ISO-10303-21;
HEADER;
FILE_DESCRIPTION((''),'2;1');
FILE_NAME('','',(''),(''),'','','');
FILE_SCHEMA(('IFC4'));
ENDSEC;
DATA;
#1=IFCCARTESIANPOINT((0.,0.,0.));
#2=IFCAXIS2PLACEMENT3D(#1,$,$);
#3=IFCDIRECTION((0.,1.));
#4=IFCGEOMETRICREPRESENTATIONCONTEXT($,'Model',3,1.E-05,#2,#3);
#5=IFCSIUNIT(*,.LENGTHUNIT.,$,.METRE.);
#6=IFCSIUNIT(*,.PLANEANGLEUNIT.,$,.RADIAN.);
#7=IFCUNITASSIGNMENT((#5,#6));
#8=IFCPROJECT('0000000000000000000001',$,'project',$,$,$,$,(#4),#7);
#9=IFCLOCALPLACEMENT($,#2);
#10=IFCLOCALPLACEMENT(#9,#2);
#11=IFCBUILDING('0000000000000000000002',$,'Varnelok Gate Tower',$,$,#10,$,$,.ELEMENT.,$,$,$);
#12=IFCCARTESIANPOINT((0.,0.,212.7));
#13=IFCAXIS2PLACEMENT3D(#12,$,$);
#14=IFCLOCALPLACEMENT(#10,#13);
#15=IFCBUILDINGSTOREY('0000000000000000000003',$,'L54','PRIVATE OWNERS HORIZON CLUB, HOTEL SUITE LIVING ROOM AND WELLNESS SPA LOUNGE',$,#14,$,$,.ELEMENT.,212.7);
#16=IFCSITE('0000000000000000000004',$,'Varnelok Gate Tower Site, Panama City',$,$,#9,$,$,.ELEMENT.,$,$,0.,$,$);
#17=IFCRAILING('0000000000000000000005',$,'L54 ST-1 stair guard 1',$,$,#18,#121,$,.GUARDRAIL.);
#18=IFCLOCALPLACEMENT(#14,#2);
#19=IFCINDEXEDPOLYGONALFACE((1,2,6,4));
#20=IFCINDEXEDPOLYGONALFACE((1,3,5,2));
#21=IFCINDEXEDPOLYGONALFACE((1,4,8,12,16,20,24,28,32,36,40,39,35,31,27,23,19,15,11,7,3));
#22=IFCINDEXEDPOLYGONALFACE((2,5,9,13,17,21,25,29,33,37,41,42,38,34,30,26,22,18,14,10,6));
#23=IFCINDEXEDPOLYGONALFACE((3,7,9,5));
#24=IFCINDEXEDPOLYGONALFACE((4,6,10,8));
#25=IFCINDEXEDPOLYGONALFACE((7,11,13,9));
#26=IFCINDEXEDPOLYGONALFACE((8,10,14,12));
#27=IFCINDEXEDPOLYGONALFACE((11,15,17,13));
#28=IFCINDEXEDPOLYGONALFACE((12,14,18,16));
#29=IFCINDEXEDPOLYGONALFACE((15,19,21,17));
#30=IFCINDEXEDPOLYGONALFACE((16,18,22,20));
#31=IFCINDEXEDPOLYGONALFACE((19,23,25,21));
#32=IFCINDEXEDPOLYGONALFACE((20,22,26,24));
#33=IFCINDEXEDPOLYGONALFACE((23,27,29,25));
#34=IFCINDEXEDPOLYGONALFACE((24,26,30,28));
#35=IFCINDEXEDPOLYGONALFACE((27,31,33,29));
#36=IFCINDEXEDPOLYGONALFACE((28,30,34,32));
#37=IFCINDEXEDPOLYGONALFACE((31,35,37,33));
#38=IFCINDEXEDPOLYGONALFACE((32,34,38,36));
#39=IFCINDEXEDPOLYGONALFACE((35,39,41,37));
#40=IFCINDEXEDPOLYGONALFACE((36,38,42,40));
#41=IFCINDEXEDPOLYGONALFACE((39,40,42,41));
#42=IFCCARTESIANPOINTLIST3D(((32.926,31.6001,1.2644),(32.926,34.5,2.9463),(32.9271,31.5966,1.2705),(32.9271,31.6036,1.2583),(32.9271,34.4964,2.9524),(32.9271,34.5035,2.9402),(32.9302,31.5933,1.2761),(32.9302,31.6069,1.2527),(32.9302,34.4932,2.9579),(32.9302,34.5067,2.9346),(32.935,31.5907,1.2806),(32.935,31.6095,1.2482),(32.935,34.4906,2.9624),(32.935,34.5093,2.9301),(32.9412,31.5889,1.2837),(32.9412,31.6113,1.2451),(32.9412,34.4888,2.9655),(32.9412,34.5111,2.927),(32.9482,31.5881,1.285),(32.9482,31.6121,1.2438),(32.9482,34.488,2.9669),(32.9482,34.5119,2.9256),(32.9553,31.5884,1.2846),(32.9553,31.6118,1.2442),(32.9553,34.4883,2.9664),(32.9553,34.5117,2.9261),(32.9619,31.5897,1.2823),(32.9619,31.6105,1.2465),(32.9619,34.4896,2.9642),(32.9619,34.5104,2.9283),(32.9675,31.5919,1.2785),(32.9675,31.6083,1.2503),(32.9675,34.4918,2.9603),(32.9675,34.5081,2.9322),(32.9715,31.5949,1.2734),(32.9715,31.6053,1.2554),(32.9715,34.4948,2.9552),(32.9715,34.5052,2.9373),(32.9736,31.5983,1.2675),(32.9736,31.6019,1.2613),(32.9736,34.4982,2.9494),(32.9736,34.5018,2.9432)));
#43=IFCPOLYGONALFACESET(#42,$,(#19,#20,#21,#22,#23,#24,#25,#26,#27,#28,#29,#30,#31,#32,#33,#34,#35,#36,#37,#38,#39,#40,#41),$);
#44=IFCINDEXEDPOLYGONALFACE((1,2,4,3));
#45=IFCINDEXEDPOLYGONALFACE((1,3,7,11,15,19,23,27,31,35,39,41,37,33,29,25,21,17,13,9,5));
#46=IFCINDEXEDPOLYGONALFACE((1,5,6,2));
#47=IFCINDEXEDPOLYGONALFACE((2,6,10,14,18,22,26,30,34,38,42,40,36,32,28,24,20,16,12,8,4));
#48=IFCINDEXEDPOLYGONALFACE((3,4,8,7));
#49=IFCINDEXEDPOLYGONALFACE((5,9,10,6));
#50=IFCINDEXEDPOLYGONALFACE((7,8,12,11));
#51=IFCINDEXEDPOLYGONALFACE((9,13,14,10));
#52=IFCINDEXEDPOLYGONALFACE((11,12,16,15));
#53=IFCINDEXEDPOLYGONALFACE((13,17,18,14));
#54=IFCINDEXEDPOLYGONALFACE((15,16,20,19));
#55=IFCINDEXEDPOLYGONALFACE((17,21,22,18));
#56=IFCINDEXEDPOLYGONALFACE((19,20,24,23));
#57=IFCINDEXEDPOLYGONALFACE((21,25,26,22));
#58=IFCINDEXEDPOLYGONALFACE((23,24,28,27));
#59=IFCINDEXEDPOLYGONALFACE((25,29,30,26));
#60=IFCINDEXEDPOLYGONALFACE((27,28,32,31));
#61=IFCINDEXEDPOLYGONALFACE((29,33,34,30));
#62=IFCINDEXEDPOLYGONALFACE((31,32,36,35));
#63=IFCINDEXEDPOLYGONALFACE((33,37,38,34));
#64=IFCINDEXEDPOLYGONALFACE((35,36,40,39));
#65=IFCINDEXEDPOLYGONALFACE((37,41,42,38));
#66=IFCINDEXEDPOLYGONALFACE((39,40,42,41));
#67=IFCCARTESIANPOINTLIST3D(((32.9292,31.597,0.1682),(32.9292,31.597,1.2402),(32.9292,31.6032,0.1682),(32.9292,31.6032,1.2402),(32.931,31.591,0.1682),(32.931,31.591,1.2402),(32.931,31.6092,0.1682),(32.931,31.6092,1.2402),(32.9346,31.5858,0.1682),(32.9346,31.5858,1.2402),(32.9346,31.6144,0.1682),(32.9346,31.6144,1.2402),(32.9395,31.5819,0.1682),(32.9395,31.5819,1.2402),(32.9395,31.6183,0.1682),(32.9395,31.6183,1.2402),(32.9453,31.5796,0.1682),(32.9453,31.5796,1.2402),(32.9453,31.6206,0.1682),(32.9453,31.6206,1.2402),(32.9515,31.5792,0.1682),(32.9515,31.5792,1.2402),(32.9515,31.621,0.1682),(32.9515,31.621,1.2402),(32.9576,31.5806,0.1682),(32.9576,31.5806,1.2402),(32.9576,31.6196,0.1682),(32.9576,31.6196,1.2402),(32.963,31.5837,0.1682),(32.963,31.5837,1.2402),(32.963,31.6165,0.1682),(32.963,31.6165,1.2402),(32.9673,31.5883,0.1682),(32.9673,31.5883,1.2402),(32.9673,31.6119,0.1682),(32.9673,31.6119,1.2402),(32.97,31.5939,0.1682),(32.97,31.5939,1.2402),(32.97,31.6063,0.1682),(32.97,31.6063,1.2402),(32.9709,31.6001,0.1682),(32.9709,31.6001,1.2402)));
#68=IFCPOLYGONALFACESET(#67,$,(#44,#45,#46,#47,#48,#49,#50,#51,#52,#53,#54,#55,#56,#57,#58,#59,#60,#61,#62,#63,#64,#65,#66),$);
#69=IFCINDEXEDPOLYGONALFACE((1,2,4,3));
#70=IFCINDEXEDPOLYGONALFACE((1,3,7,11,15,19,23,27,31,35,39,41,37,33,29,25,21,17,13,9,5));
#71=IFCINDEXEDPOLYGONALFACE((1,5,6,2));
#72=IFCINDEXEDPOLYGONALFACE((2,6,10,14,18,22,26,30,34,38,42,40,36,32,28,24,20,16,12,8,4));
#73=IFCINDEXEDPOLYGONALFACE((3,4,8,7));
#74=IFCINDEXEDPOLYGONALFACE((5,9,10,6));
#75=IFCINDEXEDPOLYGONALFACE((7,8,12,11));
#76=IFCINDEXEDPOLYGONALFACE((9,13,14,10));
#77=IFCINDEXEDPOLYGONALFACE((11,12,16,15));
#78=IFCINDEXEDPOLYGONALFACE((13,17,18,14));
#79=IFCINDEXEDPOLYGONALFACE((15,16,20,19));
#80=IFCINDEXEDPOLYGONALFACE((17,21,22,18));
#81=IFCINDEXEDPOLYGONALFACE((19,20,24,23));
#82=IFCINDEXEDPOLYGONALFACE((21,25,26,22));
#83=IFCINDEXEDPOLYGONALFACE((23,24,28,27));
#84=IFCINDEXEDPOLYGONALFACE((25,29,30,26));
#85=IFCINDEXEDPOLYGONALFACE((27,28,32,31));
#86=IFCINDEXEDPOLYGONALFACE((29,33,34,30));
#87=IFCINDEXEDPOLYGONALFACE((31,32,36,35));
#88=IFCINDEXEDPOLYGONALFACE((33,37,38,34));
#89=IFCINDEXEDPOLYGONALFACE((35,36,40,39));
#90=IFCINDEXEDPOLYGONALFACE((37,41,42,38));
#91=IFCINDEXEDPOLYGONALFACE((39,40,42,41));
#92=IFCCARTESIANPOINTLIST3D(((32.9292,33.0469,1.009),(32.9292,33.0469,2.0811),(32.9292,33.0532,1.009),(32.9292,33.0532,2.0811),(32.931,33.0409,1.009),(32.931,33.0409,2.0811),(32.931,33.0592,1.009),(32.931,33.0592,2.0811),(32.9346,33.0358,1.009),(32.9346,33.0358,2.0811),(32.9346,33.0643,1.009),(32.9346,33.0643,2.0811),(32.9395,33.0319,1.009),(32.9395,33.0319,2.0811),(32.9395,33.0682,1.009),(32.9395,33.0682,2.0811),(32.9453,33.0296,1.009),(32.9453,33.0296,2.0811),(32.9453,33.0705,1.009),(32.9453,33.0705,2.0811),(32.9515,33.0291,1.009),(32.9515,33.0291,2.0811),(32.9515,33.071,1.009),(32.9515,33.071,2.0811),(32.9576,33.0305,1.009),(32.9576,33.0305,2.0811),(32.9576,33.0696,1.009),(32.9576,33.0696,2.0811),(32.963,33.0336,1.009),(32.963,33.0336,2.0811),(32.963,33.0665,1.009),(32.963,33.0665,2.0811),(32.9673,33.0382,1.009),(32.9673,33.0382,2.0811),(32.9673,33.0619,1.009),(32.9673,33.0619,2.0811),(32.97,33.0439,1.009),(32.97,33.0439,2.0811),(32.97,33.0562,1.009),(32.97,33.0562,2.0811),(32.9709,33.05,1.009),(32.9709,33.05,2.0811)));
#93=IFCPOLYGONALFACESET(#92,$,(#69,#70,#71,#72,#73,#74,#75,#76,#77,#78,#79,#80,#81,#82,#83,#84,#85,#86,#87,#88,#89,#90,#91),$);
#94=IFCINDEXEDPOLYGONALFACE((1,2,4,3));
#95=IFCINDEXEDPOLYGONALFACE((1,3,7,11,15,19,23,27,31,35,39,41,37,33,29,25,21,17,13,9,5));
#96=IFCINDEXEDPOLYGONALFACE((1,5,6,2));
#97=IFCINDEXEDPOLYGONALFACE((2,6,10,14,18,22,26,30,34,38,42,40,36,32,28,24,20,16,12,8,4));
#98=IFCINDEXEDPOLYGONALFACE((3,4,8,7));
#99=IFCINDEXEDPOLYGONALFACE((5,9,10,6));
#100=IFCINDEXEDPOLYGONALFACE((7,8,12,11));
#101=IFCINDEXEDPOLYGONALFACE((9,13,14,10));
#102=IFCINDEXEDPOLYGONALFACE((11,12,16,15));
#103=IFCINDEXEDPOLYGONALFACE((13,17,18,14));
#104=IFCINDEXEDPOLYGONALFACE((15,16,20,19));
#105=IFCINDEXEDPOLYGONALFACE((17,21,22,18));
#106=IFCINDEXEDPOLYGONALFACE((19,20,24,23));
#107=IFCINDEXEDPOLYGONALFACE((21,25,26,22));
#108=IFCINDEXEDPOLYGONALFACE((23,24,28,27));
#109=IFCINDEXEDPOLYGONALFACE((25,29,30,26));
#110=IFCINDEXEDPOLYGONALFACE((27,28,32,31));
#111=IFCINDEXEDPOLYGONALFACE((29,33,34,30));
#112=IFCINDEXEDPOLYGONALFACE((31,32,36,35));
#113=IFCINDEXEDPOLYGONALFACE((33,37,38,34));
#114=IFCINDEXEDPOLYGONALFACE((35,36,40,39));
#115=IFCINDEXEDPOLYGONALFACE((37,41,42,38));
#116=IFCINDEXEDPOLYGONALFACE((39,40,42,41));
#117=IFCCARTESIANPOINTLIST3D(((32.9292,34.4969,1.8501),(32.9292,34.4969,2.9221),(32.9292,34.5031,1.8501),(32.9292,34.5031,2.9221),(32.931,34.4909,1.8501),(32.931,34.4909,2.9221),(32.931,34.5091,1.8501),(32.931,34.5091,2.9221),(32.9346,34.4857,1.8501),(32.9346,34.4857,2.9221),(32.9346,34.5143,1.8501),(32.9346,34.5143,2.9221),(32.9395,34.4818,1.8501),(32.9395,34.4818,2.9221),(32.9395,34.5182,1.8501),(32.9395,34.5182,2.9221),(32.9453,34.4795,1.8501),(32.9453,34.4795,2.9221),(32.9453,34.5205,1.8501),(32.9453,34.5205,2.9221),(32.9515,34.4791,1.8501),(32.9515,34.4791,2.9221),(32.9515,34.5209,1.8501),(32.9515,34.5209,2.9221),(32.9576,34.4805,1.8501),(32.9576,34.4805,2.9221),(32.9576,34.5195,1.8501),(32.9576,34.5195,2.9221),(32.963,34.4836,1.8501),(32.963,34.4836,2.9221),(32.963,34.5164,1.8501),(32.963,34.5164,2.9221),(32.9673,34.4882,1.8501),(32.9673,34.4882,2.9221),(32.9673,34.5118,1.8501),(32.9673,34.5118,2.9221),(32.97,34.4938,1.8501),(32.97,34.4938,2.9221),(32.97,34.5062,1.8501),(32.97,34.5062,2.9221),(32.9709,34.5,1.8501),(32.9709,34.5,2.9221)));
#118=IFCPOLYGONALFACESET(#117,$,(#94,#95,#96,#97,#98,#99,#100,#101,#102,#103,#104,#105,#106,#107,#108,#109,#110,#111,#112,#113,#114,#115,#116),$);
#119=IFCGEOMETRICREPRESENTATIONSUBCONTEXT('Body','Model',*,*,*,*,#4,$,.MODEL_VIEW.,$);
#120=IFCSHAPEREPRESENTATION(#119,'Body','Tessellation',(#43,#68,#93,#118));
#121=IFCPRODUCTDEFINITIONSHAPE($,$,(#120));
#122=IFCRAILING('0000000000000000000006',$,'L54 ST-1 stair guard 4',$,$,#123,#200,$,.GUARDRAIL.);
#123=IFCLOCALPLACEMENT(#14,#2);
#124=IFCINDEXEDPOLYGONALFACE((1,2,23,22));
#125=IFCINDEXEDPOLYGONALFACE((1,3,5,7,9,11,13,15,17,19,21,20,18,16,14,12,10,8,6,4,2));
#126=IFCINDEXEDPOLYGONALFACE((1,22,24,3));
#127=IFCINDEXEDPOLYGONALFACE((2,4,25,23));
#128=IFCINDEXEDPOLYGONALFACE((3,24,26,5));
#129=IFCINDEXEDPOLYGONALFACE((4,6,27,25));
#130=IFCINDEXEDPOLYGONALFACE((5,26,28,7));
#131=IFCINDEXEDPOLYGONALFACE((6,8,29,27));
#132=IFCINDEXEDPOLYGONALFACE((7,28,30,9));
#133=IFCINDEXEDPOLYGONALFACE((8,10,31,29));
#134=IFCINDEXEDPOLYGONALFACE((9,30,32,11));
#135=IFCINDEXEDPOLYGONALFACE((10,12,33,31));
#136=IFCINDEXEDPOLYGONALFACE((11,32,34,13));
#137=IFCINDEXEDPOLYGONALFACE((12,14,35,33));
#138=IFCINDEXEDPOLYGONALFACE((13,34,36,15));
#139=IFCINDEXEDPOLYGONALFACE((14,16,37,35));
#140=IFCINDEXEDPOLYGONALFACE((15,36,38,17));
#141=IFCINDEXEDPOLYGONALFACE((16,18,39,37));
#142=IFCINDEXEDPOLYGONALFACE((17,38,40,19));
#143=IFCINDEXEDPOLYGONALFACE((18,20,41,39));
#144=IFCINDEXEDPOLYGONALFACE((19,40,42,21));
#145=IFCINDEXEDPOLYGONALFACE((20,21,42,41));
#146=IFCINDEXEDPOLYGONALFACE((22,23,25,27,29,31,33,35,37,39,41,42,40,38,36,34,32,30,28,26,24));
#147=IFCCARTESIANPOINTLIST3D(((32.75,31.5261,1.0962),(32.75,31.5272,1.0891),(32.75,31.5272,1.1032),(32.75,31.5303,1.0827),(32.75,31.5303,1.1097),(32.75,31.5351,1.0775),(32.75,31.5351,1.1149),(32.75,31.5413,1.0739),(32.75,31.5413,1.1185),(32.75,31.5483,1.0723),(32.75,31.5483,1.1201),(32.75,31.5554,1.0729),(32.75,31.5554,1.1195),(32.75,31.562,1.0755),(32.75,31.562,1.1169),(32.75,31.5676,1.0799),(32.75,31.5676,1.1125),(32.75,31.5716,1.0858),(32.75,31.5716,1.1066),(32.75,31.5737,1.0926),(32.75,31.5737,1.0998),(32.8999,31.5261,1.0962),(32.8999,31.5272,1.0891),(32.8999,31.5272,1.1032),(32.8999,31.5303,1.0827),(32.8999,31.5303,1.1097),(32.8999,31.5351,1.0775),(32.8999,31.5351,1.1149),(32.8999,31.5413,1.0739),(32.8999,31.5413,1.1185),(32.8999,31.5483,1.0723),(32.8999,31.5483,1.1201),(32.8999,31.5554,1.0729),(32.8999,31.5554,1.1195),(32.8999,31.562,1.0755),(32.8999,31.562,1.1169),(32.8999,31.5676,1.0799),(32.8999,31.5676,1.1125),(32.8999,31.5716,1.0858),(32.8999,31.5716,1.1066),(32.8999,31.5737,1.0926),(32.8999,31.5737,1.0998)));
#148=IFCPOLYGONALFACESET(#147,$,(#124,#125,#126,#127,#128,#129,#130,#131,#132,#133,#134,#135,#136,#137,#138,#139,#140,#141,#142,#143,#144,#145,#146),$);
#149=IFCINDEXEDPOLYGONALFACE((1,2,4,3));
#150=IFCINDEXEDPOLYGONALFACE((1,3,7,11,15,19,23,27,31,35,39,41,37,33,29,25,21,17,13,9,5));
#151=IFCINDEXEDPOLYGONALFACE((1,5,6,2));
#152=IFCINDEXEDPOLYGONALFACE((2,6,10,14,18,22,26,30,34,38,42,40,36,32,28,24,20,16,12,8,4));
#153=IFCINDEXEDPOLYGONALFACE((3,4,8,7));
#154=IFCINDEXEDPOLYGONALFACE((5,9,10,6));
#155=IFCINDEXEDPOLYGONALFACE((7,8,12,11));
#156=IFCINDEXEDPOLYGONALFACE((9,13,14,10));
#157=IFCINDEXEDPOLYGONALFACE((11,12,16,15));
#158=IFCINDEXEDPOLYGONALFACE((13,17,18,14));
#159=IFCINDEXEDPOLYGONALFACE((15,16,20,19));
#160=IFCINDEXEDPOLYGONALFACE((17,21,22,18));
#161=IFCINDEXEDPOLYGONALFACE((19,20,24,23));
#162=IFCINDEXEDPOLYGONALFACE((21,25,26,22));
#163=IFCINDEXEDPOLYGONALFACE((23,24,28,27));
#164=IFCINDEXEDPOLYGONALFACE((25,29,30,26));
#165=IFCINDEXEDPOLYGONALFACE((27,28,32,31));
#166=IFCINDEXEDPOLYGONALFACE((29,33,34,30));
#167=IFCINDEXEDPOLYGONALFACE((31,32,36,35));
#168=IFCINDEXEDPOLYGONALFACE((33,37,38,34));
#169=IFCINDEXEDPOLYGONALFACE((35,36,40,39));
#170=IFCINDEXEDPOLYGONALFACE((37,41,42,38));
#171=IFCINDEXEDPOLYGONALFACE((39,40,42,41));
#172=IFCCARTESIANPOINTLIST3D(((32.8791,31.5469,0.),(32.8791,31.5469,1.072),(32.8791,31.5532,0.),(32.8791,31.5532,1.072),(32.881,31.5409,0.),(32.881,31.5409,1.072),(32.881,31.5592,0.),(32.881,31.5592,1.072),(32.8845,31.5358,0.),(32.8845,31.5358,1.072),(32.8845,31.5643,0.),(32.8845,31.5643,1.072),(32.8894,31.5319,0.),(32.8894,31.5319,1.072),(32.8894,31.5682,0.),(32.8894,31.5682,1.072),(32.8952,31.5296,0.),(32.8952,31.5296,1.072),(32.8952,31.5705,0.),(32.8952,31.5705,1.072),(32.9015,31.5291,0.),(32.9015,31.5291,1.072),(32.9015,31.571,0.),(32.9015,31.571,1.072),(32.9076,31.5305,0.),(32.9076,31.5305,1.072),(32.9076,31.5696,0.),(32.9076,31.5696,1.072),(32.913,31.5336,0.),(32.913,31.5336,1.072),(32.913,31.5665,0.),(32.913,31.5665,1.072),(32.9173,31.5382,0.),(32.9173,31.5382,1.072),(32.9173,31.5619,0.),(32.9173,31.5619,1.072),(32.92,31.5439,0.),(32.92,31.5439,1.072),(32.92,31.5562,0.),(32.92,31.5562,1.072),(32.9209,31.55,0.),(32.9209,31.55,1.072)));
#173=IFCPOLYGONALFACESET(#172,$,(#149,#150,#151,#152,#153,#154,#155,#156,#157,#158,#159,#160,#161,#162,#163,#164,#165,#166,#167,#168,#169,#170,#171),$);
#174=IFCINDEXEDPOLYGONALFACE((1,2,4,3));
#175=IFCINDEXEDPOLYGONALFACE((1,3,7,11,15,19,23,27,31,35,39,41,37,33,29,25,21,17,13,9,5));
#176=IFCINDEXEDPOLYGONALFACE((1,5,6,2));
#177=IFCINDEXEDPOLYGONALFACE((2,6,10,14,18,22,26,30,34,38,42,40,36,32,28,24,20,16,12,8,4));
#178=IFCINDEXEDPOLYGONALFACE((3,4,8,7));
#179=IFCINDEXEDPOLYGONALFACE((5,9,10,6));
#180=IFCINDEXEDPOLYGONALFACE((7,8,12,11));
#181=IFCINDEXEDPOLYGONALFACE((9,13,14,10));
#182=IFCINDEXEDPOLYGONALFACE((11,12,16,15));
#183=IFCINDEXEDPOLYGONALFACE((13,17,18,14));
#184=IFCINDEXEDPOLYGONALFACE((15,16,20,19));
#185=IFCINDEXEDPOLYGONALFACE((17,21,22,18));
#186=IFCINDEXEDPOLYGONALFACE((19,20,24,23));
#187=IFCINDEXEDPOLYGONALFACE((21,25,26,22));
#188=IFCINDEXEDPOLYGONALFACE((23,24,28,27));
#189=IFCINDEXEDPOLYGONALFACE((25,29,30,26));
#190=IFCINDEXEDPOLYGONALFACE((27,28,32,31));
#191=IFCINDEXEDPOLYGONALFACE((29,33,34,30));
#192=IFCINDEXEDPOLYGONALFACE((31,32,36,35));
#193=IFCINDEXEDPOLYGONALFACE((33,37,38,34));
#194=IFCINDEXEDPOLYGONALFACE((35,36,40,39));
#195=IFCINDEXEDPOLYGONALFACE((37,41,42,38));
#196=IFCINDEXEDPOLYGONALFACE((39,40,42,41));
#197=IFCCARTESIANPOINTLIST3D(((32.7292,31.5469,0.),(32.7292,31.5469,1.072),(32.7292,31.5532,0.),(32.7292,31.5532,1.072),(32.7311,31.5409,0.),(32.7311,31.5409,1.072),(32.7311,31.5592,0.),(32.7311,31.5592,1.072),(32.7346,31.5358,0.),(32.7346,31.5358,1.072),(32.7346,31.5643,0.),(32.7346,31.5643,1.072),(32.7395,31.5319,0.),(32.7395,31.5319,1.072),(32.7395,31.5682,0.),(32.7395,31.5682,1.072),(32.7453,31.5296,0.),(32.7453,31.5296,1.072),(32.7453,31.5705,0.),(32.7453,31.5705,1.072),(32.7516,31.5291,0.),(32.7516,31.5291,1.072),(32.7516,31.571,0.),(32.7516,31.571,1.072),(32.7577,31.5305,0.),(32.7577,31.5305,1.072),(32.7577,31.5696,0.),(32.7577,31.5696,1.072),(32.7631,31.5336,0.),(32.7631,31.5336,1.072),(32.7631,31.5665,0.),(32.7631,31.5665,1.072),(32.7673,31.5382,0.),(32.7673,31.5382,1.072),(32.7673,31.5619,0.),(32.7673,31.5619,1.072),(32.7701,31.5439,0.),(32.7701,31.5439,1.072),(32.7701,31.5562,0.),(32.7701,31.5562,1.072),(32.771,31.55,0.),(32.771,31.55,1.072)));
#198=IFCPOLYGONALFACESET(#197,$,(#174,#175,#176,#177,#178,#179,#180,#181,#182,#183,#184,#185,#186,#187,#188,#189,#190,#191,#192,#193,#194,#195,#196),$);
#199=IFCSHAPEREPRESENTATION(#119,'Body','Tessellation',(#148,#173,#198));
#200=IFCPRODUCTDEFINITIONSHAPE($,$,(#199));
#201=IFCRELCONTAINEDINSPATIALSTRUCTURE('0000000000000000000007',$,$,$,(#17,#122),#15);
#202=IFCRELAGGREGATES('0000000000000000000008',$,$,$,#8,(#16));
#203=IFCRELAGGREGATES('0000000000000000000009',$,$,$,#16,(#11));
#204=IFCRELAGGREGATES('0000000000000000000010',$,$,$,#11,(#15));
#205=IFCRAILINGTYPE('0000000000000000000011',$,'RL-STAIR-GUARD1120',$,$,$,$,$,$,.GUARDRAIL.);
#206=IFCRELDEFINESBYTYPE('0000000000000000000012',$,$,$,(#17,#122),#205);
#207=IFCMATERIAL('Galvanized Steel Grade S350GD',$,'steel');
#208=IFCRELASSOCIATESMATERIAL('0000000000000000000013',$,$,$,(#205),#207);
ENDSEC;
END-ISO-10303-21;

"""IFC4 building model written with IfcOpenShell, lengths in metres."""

from ifc_helpers import new_model, si_unit, direction, frame, origin, origin_2d, place, context, subcontext, project, spatial, circle, extrude, material, type_object, element, save


model = new_model("IFC4")

# Units and contexts
model_context = context("Model", 3, precision=1e-05, world=origin(), true_north=direction((0.0, 1.0)))
body_context = subcontext(model_context, "Body", "Model", "MODEL_VIEW")
ifc_project = project(units=[si_unit("LENGTHUNIT", "METRE"), si_unit("PLANEANGLEUNIT", "RADIAN")], contexts=[model_context])

# Site, building, storey
site_placement = place(None, origin())
site = spatial("IfcSite", under=ifc_project, at=site_placement, Name="Varnelok Gate Tower Site, Panama City", CompositionType="ELEMENT", RefElevation=0.0)
building_placement = place(site_placement, origin())
building = spatial("IfcBuilding", under=site, at=building_placement, Name="Varnelok Gate Tower", CompositionType="ELEMENT")
storey_placement = place(building_placement, frame((0.0, 0.0, 212.7)))
storey = spatial("IfcBuildingStorey", under=building, at=storey_placement, Name="L54", Description="PRIVATE OWNERS HORIZON CLUB, HOTEL SUITE LIVING ROOM AND WELLNESS SPA LOUNGE", CompositionType="ELEMENT", Elevation=212.7)

# Shared definitions
ifc_material_1 = material(Name="Galvanized Steel Grade S350GD", Category="steel")

# Railings
railing_type_1 = type_object("IfcRailingType", Name="RL-STAIR-GUARD1120", PredefinedType="GUARDRAIL", material=ifc_material_1)
railing_1_placement = place(storey_placement, frame((32.95, 31.6001, 0.1682)))
element("IfcRailing", 1, at=railing_1_placement, inside=storey, type_object=railing_type_1, Name="L54 ST-1 stair guard 1", PredefinedType="GUARDRAIL", context=body_context, shape_type="SweptSolid", body=[
    extrude(circle(Radius=0.0239, at=origin_2d()), frame((0.0, 0.0, 1.0962), z_axis=(0.0, 0.865039, 0.501705), x_axis=(-1.0, 0.0, 0.0)), (0.0, 0.0, 1.0), 3.3523),
    extrude(circle(Radius=0.021, at=origin_2d()), origin(), (0.0, 0.0, 1.0), 1.072),
    extrude(circle(Radius=0.021, at=origin_2d()), frame((0.0, 1.45, 0.8408)), (0.0, 0.0, 1.0), 1.072),
    extrude(circle(Radius=0.021, at=origin_2d()), frame((0.0, 2.8999, 1.6819)), (0.0, 0.0, 1.0), 1.072),
])
railing_2_placement = place(storey_placement, frame((32.8999, 31.55, 0.0)))
element("IfcRailing", 2, at=railing_2_placement, inside=storey, type_object=railing_type_1, Name="L54 ST-1 stair guard 4", PredefinedType="GUARDRAIL", context=body_context, shape_type="SweptSolid", body=[
    extrude(circle(Radius=0.0239, at=origin_2d()), frame((0.0, 0.0, 1.0962), z_axis=(-1.0, 0.0, 0.0), x_axis=(0.0, -1.0, 0.0)), (0.0, 0.0, 1.0), 0.1499),
    extrude(circle(Radius=0.021, at=origin_2d()), origin(), (0.0, 0.0, 1.0), 1.072),
    extrude(circle(Radius=0.021, at=origin_2d()), frame((-0.1499, 0.0, 0.0)), (0.0, 0.0, 1.0), 1.072),
])

save(model, "model.ifc")
